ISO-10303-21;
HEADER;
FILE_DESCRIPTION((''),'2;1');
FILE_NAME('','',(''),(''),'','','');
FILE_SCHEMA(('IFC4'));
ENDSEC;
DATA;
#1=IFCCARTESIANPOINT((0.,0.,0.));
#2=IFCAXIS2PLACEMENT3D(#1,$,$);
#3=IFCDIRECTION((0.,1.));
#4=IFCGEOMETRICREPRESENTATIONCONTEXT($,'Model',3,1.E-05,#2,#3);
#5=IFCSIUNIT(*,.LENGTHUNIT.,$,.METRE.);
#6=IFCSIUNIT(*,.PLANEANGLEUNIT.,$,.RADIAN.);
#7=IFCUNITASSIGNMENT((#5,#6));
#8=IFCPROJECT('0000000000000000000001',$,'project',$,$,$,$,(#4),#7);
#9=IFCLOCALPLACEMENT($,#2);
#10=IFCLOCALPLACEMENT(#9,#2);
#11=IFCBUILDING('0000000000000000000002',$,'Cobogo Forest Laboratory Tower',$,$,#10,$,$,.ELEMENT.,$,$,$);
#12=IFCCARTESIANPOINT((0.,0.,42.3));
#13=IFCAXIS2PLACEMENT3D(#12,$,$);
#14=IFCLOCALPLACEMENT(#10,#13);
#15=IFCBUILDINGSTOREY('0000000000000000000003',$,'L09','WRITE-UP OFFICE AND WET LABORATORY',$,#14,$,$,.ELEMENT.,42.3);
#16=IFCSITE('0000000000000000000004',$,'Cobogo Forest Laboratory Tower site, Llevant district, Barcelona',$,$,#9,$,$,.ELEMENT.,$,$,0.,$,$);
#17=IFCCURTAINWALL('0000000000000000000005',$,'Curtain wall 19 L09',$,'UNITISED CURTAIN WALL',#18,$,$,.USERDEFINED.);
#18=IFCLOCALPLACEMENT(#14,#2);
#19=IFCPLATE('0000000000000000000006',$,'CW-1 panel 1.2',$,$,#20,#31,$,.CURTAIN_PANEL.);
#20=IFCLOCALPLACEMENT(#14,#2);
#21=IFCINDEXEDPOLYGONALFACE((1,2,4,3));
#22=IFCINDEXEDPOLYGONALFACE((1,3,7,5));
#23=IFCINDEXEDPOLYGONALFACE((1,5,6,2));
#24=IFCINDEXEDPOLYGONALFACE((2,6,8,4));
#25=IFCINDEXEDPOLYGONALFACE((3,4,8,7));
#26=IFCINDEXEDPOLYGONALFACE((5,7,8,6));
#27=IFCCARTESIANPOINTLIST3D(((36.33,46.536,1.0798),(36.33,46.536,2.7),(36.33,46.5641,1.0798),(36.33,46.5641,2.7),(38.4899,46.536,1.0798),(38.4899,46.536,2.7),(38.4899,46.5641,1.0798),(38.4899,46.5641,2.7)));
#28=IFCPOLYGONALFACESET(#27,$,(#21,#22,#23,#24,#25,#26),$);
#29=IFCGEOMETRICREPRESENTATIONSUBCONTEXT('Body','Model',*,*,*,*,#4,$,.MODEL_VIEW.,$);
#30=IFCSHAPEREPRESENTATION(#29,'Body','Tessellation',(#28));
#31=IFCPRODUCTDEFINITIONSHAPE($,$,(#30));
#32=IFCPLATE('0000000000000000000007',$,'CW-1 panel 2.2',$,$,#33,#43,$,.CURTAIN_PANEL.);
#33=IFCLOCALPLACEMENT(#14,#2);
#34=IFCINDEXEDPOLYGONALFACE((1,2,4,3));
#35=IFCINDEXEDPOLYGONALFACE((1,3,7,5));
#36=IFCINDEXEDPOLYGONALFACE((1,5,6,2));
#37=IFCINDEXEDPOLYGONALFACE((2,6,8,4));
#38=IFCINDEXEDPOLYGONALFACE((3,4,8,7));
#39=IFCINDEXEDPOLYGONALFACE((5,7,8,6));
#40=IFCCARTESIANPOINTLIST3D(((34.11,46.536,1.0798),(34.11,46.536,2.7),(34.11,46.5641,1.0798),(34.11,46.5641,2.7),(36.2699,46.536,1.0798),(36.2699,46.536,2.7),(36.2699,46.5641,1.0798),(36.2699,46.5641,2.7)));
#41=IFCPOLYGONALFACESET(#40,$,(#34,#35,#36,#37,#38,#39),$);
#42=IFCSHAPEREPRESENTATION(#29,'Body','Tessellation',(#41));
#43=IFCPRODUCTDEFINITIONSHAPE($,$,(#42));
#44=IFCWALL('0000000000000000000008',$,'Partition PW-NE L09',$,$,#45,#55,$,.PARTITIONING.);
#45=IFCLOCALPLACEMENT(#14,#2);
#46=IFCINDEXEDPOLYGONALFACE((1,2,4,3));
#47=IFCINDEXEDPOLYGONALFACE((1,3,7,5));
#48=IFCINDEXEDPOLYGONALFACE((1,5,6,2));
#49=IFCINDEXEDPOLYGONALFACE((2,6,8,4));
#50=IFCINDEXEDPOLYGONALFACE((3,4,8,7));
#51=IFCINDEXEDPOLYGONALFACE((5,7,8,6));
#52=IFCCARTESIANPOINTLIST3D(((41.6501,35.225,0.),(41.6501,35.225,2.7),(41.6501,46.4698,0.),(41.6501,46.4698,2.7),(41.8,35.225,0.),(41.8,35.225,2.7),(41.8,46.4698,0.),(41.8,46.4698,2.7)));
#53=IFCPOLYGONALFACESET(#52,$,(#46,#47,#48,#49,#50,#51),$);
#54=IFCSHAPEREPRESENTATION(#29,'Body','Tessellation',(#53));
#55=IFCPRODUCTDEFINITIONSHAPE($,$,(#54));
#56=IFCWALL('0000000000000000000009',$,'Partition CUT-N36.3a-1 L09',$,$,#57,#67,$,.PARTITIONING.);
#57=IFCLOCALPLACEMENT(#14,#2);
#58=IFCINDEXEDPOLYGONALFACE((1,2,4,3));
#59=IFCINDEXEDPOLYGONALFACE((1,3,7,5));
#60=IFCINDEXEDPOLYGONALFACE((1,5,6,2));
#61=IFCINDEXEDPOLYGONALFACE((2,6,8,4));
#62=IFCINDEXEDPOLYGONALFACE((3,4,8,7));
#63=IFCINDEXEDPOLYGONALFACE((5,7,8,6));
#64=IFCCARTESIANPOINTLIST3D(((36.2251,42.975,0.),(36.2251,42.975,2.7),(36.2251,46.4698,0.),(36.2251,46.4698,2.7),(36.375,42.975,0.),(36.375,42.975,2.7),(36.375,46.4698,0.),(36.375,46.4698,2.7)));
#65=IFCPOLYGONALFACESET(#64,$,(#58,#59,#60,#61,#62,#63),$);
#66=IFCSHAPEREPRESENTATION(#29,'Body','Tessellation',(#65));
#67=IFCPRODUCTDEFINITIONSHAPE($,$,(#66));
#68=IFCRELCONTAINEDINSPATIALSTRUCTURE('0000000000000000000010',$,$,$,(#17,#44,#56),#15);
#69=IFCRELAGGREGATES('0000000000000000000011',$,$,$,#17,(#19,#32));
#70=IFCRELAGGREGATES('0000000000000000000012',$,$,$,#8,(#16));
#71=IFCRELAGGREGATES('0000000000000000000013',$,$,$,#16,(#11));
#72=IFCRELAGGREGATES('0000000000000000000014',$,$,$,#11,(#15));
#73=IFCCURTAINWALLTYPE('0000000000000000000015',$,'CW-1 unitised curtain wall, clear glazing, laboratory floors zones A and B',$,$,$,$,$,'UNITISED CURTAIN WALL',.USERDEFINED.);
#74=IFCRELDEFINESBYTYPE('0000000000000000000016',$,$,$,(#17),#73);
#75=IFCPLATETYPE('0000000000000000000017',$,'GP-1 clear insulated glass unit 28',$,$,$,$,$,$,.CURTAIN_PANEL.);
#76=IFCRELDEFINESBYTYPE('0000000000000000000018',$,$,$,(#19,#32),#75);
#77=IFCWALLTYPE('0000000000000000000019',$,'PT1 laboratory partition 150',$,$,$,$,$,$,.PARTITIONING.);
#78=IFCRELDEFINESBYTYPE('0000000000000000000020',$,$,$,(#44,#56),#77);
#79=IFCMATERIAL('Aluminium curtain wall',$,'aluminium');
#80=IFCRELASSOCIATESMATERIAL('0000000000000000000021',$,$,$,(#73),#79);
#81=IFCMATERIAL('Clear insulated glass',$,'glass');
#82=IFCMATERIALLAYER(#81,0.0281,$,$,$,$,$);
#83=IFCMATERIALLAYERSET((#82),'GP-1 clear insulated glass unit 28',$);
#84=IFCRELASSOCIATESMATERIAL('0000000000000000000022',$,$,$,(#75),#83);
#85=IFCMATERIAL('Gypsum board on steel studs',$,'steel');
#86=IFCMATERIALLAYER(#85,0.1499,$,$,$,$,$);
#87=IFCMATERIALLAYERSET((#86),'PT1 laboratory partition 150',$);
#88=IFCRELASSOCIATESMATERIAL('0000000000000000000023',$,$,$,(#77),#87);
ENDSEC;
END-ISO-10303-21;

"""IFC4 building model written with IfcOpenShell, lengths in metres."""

from ifc_helpers import new_model, si_unit, direction, frame, frame_2d, origin, origin_2d, place, context, subcontext, project, spatial, rectangle, extrude, material, layer, layer_set, type_object, element, aggregate, save


model = new_model("IFC4")

# Units and contexts
model_context = context("Model", 3, precision=1e-05, world=origin(), true_north=direction((0.0, 1.0)))
body_context = subcontext(model_context, "Body", "Model", "MODEL_VIEW")
ifc_project = project(units=[si_unit("LENGTHUNIT", "METRE"), si_unit("PLANEANGLEUNIT", "RADIAN")], contexts=[model_context])

# Site, building, storey
site_placement = place(None, origin())
site = spatial("IfcSite", under=ifc_project, at=site_placement, Name="Cobogo Forest Laboratory Tower site, Llevant district, Barcelona", CompositionType="ELEMENT", RefElevation=0.0)
building_placement = place(site_placement, origin())
building = spatial("IfcBuilding", under=site, at=building_placement, Name="Cobogo Forest Laboratory Tower", CompositionType="ELEMENT")
storey_placement = place(building_placement, frame((0.0, 0.0, 42.3)))
storey = spatial("IfcBuildingStorey", under=building, at=storey_placement, Name="L09", Description="WRITE-UP OFFICE AND WET LABORATORY", CompositionType="ELEMENT", Elevation=42.3)

# Curtain wall
ifc_material_1 = material(Name="Aluminium curtain wall", Category="aluminium")
curtain_wall_type = type_object("IfcCurtainWallType", Name="CW-1 unitised curtain wall, clear glazing, laboratory floors zones A and B", ElementType="UNITISED CURTAIN WALL", PredefinedType="USERDEFINED", material=ifc_material_1)
curtain_wall_1_placement = place(storey_placement, origin())
curtain_wall_1 = element("IfcCurtainWall", 1, at=curtain_wall_1_placement, inside=storey, type_object=curtain_wall_type, Name="Curtain wall 19 L09", ObjectType="UNITISED CURTAIN WALL", PredefinedType="USERDEFINED")

# Plates
ifc_material_2 = material(Name="Clear insulated glass", Category="glass")
ifc_layer_1 = layer(ifc_material_2, 0.0281)
ifc_layer_set_1 = layer_set([ifc_layer_1], Name="GP-1 clear insulated glass unit 28")
plate_type_1 = type_object("IfcPlateType", Name="GP-1 clear insulated glass unit 28", PredefinedType="CURTAIN_PANEL", material=ifc_layer_set_1)
plate_1_placement = place(storey_placement, frame((37.4099, 46.55, 1.0798), z_axis=(0.0, 0.0, 1.0), x_axis=(-1.0, 0.0, 0.0)))
plate_1 = element("IfcPlate", 2, at=plate_1_placement, type_object=plate_type_1, Name="CW-1 panel 1.2", PredefinedType="CURTAIN_PANEL", context=body_context, shape_type="SweptSolid", body=[
    extrude(rectangle(XDim=2.1599, YDim=0.0281, at=origin_2d()), origin(), (0.0, 0.0, 1.0), 1.6201),
])
plate_2_placement = place(storey_placement, frame((35.1899, 46.55, 1.0798), z_axis=(0.0, 0.0, 1.0), x_axis=(-1.0, 0.0, 0.0)))
plate_2 = element("IfcPlate", 3, at=plate_2_placement, type_object=plate_type_1, Name="CW-1 panel 2.2", PredefinedType="CURTAIN_PANEL", context=body_context, shape_type="SweptSolid", body=[
    extrude(rectangle(XDim=2.1599, YDim=0.0281, at=origin_2d()), origin(), (0.0, 0.0, 1.0), 1.6201),
])
aggregate(curtain_wall_1, [plate_1, plate_2])

# Walls
ifc_material_3 = material(Name="Gypsum board on steel studs", Category="steel")
ifc_layer_2 = layer(ifc_material_3, 0.1499)
ifc_layer_set_2 = layer_set([ifc_layer_2], Name="PT1 laboratory partition 150")
wall_type = type_object("IfcWallType", Name="PT1 laboratory partition 150", PredefinedType="PARTITIONING", material=ifc_layer_set_2)
wall_1_placement = place(storey_placement, frame((41.7251, 46.47, 0.0), z_axis=(0.0, 0.0, 1.0), x_axis=(0.0, -1.0, 0.0)))
element("IfcWall", 4, at=wall_1_placement, inside=storey, type_object=wall_type, Name="Partition PW-NE L09", PredefinedType="PARTITIONING", context=body_context, shape_type="SweptSolid", body=[
    extrude(rectangle(XDim=11.2449, YDim=0.1499, at=frame_2d((5.6226, 0.0))), origin(), (0.0, 0.0, 1.0), 2.7),
])
wall_2_placement = place(storey_placement, frame((36.3, 46.47, 0.0), z_axis=(0.0, 0.0, 1.0), x_axis=(0.0, -1.0, 0.0)))
element("IfcWall", 5, at=wall_2_placement, inside=storey, type_object=wall_type, Name="Partition CUT-N36.3a-1 L09", PredefinedType="PARTITIONING", context=body_context, shape_type="SweptSolid", body=[
    extrude(rectangle(XDim=3.4949, YDim=0.1499, at=frame_2d((1.7476, 0.0))), origin(), (0.0, 0.0, 1.0), 2.7),
])

save(model, "model.ifc")
